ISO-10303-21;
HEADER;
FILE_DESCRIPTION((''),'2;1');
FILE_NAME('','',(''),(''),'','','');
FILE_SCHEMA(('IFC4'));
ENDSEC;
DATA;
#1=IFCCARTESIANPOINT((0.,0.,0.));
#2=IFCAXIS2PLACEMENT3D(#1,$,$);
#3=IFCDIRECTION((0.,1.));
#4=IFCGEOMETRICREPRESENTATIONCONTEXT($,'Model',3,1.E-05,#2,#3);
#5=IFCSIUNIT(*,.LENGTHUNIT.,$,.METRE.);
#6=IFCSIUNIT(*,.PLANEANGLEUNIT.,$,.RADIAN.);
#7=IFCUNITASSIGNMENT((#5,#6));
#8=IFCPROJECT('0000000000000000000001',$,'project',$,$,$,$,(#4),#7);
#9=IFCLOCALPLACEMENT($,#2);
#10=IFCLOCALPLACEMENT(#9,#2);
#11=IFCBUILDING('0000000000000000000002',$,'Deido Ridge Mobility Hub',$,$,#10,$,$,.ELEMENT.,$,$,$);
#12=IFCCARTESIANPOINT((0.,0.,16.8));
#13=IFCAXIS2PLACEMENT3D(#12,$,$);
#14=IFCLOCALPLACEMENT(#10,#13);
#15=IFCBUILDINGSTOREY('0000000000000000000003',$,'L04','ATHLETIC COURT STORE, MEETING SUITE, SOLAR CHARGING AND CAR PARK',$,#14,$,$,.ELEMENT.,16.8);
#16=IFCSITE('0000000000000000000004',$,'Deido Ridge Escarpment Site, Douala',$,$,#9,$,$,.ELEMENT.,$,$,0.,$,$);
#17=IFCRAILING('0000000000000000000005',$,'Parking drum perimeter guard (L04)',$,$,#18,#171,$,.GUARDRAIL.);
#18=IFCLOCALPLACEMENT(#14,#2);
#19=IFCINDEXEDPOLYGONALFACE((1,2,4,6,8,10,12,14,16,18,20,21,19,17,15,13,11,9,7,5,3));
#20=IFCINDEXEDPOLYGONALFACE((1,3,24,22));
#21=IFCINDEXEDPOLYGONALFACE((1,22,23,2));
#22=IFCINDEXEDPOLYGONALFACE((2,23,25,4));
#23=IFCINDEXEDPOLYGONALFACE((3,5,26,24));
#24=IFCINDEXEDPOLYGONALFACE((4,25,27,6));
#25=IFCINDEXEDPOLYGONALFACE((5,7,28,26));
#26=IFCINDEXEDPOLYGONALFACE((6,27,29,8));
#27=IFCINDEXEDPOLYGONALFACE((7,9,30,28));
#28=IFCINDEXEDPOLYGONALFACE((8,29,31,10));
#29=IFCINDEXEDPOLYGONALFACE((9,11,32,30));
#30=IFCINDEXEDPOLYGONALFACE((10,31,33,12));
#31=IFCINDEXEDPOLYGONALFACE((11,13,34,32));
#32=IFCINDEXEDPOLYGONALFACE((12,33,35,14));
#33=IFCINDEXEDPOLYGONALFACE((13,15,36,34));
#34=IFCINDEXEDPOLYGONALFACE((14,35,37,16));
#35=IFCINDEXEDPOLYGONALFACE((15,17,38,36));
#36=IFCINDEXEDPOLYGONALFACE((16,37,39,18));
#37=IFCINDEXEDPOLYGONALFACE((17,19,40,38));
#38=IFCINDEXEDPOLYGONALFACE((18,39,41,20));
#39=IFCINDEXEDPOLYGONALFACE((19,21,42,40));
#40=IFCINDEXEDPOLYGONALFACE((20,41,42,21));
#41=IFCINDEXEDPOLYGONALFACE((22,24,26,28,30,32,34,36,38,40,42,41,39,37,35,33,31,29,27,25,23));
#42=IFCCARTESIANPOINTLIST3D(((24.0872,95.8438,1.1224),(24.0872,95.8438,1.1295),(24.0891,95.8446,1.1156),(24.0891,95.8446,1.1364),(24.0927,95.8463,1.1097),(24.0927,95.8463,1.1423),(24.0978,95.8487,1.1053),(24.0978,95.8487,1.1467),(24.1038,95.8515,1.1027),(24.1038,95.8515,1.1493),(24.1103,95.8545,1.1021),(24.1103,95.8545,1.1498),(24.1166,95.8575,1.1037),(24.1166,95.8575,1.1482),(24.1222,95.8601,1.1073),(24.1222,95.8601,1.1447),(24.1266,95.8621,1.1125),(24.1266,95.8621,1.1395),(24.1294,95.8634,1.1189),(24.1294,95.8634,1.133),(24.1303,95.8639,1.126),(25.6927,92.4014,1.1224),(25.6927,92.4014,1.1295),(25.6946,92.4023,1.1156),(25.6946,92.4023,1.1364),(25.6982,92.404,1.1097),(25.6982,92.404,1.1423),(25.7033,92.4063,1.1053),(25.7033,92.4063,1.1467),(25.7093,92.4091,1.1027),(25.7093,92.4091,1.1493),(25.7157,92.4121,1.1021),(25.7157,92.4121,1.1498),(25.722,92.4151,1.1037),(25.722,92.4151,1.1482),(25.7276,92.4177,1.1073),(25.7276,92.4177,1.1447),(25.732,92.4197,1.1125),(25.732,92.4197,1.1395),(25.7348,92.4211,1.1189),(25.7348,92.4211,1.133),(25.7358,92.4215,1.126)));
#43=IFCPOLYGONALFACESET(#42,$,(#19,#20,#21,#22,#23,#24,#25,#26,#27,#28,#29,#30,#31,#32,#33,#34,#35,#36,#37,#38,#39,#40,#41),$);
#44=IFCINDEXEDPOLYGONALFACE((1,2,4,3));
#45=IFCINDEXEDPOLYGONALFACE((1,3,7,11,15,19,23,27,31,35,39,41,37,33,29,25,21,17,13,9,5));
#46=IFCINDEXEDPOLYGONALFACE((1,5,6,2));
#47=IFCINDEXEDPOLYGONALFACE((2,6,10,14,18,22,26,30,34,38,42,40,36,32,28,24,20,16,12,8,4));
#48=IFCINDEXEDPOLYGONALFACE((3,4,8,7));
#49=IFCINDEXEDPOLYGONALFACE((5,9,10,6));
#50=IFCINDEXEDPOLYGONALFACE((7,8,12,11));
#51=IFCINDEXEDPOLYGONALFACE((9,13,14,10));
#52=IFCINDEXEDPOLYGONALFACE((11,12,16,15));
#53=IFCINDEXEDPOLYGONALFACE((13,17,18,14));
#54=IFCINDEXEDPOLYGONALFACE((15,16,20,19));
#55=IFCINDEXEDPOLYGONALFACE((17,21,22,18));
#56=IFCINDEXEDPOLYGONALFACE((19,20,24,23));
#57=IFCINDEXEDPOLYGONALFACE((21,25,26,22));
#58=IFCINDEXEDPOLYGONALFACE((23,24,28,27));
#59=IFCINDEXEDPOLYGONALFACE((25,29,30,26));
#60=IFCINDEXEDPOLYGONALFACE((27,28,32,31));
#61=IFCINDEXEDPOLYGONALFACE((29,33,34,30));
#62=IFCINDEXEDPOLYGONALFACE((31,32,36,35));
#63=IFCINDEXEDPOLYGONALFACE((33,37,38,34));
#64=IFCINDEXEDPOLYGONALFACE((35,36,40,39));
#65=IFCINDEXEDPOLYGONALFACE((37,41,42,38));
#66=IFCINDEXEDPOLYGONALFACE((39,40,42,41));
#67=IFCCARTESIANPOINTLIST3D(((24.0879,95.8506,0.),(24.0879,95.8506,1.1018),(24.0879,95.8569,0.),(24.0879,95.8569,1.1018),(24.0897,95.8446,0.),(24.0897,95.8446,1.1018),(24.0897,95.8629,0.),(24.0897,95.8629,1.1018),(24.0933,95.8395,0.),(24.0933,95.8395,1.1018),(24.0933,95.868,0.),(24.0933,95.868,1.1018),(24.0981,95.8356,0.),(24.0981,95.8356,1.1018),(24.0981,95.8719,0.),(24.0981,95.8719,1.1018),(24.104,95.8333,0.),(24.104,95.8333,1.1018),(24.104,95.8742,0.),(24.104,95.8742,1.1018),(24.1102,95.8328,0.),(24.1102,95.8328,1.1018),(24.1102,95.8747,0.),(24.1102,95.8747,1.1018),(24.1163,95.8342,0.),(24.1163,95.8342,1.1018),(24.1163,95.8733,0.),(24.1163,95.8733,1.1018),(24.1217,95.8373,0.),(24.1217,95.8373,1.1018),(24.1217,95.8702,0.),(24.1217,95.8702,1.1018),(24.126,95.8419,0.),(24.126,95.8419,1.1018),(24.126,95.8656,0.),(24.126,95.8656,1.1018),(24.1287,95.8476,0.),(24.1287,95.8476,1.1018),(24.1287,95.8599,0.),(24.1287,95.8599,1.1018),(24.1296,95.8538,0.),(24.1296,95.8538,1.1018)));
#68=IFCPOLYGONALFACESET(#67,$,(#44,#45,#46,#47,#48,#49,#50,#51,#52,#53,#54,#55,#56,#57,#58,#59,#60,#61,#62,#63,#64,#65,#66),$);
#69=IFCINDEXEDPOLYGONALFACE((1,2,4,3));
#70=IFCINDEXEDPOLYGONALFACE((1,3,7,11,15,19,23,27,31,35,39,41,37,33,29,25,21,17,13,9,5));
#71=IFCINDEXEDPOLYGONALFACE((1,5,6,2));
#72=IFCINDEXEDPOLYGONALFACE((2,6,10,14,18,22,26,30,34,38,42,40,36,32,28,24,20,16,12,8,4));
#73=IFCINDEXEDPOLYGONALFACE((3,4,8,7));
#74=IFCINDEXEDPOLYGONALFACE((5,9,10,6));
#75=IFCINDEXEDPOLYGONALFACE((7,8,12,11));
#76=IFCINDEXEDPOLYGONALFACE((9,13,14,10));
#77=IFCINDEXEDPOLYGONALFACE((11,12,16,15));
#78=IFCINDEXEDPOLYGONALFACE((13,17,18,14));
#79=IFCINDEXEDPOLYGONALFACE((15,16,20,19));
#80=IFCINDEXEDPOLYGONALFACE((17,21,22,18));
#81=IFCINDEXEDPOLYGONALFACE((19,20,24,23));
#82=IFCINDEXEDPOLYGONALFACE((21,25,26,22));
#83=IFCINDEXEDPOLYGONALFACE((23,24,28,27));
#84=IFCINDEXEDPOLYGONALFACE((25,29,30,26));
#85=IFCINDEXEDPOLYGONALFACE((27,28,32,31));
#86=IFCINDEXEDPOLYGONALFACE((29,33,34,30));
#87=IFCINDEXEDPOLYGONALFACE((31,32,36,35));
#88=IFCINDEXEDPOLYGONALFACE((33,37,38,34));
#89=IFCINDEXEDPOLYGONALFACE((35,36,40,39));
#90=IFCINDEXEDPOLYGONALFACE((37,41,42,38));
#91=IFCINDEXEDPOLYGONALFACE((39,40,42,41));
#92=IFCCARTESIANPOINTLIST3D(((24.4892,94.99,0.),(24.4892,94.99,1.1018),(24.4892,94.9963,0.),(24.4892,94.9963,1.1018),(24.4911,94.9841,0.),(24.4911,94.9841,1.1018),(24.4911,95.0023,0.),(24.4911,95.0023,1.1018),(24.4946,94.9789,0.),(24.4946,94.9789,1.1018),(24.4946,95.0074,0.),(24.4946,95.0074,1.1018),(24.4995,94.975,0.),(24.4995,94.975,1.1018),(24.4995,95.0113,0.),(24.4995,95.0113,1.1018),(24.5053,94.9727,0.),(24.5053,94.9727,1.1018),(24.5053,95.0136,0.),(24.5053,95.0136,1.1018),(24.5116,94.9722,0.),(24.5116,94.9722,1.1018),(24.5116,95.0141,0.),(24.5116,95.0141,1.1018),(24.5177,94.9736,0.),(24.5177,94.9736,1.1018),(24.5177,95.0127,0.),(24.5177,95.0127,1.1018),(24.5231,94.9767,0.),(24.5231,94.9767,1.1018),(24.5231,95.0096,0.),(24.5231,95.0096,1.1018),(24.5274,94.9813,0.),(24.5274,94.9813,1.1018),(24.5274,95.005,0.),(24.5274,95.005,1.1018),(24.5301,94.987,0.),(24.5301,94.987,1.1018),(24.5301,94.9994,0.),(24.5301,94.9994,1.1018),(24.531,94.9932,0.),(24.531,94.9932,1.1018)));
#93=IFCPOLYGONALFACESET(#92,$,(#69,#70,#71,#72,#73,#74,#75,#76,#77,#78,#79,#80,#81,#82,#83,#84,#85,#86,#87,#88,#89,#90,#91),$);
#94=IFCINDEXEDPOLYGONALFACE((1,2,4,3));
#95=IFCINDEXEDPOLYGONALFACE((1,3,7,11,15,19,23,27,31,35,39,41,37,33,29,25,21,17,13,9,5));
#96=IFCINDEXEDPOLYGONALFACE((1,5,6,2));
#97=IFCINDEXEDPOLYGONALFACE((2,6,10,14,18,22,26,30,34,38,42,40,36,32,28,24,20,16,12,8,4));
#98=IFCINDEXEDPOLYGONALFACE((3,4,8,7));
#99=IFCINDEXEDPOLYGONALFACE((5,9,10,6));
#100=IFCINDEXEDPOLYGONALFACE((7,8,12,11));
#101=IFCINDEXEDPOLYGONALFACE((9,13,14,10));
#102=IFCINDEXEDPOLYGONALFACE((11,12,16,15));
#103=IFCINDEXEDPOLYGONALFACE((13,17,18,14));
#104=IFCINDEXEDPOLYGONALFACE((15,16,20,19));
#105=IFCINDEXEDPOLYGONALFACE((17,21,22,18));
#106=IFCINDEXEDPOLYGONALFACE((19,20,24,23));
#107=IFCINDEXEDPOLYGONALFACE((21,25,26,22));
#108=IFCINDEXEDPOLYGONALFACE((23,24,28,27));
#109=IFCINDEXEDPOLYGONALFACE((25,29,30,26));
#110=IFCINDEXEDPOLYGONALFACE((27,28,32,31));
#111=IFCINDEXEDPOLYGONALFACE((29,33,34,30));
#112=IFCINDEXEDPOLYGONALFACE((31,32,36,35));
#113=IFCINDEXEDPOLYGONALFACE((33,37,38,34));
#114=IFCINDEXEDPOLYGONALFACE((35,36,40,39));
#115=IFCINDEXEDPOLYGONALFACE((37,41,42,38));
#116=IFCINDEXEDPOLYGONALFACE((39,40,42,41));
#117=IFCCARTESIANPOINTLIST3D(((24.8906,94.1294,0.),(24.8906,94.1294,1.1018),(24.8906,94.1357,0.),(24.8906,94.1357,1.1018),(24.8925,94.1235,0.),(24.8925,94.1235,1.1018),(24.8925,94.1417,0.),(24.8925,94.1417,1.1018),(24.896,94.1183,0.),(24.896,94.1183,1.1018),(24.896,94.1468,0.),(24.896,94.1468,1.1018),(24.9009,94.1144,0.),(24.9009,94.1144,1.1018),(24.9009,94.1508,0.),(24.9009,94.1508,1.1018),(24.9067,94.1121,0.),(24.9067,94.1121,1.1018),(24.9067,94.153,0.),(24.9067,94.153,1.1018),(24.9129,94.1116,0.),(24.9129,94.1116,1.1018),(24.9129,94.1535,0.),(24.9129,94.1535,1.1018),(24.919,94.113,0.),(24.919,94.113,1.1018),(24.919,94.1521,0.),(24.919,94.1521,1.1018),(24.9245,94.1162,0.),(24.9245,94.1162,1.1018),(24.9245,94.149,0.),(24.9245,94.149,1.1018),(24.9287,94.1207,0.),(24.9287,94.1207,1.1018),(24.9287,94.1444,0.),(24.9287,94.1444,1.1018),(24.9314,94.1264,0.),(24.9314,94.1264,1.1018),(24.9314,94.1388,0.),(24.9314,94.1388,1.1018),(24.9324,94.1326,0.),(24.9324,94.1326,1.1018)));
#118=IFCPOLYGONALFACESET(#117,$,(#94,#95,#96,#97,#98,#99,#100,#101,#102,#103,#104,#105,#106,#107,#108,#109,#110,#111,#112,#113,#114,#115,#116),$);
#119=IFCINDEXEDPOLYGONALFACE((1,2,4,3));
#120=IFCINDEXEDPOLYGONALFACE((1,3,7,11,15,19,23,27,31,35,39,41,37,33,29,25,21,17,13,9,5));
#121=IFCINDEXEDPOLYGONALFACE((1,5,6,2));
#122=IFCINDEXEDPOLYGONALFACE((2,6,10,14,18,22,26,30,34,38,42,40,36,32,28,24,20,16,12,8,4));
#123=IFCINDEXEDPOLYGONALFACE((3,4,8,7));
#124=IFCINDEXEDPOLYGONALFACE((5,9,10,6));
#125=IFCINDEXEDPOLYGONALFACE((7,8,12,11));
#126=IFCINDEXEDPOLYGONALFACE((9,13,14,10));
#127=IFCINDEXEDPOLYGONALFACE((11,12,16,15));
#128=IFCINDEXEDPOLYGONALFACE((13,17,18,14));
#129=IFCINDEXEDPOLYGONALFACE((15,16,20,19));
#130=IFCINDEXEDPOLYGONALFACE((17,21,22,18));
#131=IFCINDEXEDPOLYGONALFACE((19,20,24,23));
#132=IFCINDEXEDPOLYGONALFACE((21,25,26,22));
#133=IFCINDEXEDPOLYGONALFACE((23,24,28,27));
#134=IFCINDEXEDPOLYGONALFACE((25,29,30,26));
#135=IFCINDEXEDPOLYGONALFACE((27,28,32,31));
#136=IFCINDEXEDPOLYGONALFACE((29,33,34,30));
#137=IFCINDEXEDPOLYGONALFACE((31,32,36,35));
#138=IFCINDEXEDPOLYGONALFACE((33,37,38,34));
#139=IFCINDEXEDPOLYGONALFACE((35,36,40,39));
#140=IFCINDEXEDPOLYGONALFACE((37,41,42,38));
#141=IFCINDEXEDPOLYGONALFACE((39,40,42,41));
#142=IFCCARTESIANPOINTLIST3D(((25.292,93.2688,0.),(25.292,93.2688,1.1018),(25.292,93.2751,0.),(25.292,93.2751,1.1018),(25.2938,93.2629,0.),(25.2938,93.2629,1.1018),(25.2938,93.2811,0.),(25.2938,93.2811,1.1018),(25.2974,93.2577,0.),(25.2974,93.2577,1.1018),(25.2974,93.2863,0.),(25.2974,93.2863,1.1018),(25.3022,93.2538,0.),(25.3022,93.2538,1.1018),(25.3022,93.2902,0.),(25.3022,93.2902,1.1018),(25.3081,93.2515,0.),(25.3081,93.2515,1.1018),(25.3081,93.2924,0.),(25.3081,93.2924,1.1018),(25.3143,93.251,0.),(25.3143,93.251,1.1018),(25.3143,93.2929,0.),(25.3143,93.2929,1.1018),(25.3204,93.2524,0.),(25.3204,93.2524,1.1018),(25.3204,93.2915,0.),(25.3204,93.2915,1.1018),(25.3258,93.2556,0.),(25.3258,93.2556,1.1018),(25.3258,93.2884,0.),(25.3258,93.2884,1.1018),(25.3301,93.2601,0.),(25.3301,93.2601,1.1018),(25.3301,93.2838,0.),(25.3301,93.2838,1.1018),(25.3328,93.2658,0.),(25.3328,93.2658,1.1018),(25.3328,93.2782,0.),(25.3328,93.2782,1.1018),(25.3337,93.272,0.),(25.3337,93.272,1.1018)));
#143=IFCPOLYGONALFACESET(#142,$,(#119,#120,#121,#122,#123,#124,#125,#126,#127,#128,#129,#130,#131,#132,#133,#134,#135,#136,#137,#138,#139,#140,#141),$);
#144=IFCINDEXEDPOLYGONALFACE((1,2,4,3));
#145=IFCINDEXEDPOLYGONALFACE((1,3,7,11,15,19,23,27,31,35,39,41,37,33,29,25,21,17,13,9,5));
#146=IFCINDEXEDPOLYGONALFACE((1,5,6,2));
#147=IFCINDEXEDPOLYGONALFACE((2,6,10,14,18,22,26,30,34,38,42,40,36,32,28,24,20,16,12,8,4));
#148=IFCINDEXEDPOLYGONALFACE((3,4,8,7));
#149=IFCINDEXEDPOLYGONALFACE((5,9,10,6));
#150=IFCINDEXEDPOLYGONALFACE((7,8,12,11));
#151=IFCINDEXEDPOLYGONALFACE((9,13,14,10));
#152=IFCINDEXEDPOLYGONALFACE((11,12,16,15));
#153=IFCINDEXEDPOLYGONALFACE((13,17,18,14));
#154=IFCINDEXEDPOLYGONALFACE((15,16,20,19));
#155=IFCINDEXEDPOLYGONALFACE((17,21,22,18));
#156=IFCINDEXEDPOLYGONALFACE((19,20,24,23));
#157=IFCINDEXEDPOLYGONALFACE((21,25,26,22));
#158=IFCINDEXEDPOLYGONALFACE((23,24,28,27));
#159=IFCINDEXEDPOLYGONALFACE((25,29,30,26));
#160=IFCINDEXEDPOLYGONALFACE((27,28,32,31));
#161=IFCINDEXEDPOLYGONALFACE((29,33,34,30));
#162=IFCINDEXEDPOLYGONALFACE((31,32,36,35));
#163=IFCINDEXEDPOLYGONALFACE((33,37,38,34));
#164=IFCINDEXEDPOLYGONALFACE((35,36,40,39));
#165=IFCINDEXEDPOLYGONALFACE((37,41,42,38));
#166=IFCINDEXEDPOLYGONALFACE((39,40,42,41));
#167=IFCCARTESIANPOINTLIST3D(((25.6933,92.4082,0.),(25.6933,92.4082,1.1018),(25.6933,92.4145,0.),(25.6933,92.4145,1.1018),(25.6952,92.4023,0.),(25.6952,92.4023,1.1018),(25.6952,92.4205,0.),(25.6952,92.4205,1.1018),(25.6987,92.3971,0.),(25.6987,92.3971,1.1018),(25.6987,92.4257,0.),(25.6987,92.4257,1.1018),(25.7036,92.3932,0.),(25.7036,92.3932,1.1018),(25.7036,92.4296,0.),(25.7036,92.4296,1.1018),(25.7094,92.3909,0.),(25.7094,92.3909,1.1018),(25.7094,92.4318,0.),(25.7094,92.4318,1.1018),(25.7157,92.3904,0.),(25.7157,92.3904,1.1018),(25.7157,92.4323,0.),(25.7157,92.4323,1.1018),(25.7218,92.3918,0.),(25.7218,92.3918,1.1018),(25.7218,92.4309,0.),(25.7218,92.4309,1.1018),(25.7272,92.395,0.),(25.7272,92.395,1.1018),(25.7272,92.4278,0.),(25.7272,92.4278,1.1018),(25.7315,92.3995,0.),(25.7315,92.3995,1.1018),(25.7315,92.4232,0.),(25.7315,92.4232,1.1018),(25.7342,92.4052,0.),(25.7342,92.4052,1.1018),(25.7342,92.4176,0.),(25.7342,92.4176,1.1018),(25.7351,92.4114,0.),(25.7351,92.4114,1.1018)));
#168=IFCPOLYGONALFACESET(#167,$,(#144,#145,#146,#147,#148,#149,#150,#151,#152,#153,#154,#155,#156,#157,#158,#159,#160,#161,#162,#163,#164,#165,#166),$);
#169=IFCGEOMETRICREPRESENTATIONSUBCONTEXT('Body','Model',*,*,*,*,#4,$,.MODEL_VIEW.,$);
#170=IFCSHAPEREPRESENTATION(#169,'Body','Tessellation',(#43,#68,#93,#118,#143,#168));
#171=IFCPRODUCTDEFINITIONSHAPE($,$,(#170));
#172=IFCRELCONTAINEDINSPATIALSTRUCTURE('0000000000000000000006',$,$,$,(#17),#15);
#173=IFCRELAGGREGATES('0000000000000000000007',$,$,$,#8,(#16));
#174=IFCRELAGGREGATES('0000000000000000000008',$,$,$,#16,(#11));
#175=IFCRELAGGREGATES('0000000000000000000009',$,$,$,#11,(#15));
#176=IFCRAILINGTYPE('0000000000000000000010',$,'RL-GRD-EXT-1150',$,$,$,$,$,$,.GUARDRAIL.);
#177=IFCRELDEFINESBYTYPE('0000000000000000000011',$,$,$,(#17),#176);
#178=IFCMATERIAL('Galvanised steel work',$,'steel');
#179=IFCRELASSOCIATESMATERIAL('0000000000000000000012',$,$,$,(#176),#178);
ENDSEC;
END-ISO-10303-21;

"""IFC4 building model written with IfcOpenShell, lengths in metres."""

from ifc_helpers import new_model, si_unit, direction, frame, origin, origin_2d, place, context, subcontext, project, spatial, circle, extrude, material, type_object, element, save


model = new_model("IFC4")

# Units and contexts
model_context = context("Model", 3, precision=1e-05, world=origin(), true_north=direction((0.0, 1.0)))
body_context = subcontext(model_context, "Body", "Model", "MODEL_VIEW")
ifc_project = project(units=[si_unit("LENGTHUNIT", "METRE"), si_unit("PLANEANGLEUNIT", "RADIAN")], contexts=[model_context])

# Site, building, storey
site_placement = place(None, origin())
site = spatial("IfcSite", under=ifc_project, at=site_placement, Name="Deido Ridge Escarpment Site, Douala", CompositionType="ELEMENT", RefElevation=0.0)
building_placement = place(site_placement, origin())
building = spatial("IfcBuilding", under=site, at=building_placement, Name="Deido Ridge Mobility Hub", CompositionType="ELEMENT")
storey_placement = place(building_placement, frame((0.0, 0.0, 16.8)))
storey = spatial("IfcBuildingStorey", under=building, at=storey_placement, Name="L04", Description="ATHLETIC COURT STORE, MEETING SUITE, SOLAR CHARGING AND CAR PARK", CompositionType="ELEMENT", Elevation=16.8)

# Railing
ifc_material_1 = material(Name="Galvanised steel work", Category="steel")
railing_type = type_object("IfcRailingType", Name="RL-GRD-EXT-1150", PredefinedType="GUARDRAIL", material=ifc_material_1)
railing_1_placement = place(storey_placement, frame((24.1086, 95.8538, 0.0)))
element("IfcRailing", 1, at=railing_1_placement, inside=storey, type_object=railing_type, Name="Parking drum perimeter guard (L04)", PredefinedType="GUARDRAIL", context=body_context, shape_type="SweptSolid", body=[
    extrude(circle(Radius=0.0239, at=origin_2d()), frame((0.0, 0.0, 1.126), z_axis=(0.422674, -0.906282, 0.0), x_axis=(0.906282, 0.422674, 0.0)), (0.0, 0.0, 1.0), 3.7983),
    extrude(circle(Radius=0.021, at=origin_2d()), origin(), (0.0, 0.0, 1.0), 1.1018),
    extrude(circle(Radius=0.021, at=origin_2d()), frame((0.4014, -0.8606, 0.0)), (0.0, 0.0, 1.0), 1.1018),
    extrude(circle(Radius=0.021, at=origin_2d()), frame((0.8027, -1.7212, 0.0)), (0.0, 0.0, 1.0), 1.1018),
    extrude(circle(Radius=0.021, at=origin_2d()), frame((1.2041, -2.5818, 0.0)), (0.0, 0.0, 1.0), 1.1018),
    extrude(circle(Radius=0.021, at=origin_2d()), frame((1.6055, -3.4424, 0.0)), (0.0, 0.0, 1.0), 1.1018),
])

save(model, "model.ifc")
